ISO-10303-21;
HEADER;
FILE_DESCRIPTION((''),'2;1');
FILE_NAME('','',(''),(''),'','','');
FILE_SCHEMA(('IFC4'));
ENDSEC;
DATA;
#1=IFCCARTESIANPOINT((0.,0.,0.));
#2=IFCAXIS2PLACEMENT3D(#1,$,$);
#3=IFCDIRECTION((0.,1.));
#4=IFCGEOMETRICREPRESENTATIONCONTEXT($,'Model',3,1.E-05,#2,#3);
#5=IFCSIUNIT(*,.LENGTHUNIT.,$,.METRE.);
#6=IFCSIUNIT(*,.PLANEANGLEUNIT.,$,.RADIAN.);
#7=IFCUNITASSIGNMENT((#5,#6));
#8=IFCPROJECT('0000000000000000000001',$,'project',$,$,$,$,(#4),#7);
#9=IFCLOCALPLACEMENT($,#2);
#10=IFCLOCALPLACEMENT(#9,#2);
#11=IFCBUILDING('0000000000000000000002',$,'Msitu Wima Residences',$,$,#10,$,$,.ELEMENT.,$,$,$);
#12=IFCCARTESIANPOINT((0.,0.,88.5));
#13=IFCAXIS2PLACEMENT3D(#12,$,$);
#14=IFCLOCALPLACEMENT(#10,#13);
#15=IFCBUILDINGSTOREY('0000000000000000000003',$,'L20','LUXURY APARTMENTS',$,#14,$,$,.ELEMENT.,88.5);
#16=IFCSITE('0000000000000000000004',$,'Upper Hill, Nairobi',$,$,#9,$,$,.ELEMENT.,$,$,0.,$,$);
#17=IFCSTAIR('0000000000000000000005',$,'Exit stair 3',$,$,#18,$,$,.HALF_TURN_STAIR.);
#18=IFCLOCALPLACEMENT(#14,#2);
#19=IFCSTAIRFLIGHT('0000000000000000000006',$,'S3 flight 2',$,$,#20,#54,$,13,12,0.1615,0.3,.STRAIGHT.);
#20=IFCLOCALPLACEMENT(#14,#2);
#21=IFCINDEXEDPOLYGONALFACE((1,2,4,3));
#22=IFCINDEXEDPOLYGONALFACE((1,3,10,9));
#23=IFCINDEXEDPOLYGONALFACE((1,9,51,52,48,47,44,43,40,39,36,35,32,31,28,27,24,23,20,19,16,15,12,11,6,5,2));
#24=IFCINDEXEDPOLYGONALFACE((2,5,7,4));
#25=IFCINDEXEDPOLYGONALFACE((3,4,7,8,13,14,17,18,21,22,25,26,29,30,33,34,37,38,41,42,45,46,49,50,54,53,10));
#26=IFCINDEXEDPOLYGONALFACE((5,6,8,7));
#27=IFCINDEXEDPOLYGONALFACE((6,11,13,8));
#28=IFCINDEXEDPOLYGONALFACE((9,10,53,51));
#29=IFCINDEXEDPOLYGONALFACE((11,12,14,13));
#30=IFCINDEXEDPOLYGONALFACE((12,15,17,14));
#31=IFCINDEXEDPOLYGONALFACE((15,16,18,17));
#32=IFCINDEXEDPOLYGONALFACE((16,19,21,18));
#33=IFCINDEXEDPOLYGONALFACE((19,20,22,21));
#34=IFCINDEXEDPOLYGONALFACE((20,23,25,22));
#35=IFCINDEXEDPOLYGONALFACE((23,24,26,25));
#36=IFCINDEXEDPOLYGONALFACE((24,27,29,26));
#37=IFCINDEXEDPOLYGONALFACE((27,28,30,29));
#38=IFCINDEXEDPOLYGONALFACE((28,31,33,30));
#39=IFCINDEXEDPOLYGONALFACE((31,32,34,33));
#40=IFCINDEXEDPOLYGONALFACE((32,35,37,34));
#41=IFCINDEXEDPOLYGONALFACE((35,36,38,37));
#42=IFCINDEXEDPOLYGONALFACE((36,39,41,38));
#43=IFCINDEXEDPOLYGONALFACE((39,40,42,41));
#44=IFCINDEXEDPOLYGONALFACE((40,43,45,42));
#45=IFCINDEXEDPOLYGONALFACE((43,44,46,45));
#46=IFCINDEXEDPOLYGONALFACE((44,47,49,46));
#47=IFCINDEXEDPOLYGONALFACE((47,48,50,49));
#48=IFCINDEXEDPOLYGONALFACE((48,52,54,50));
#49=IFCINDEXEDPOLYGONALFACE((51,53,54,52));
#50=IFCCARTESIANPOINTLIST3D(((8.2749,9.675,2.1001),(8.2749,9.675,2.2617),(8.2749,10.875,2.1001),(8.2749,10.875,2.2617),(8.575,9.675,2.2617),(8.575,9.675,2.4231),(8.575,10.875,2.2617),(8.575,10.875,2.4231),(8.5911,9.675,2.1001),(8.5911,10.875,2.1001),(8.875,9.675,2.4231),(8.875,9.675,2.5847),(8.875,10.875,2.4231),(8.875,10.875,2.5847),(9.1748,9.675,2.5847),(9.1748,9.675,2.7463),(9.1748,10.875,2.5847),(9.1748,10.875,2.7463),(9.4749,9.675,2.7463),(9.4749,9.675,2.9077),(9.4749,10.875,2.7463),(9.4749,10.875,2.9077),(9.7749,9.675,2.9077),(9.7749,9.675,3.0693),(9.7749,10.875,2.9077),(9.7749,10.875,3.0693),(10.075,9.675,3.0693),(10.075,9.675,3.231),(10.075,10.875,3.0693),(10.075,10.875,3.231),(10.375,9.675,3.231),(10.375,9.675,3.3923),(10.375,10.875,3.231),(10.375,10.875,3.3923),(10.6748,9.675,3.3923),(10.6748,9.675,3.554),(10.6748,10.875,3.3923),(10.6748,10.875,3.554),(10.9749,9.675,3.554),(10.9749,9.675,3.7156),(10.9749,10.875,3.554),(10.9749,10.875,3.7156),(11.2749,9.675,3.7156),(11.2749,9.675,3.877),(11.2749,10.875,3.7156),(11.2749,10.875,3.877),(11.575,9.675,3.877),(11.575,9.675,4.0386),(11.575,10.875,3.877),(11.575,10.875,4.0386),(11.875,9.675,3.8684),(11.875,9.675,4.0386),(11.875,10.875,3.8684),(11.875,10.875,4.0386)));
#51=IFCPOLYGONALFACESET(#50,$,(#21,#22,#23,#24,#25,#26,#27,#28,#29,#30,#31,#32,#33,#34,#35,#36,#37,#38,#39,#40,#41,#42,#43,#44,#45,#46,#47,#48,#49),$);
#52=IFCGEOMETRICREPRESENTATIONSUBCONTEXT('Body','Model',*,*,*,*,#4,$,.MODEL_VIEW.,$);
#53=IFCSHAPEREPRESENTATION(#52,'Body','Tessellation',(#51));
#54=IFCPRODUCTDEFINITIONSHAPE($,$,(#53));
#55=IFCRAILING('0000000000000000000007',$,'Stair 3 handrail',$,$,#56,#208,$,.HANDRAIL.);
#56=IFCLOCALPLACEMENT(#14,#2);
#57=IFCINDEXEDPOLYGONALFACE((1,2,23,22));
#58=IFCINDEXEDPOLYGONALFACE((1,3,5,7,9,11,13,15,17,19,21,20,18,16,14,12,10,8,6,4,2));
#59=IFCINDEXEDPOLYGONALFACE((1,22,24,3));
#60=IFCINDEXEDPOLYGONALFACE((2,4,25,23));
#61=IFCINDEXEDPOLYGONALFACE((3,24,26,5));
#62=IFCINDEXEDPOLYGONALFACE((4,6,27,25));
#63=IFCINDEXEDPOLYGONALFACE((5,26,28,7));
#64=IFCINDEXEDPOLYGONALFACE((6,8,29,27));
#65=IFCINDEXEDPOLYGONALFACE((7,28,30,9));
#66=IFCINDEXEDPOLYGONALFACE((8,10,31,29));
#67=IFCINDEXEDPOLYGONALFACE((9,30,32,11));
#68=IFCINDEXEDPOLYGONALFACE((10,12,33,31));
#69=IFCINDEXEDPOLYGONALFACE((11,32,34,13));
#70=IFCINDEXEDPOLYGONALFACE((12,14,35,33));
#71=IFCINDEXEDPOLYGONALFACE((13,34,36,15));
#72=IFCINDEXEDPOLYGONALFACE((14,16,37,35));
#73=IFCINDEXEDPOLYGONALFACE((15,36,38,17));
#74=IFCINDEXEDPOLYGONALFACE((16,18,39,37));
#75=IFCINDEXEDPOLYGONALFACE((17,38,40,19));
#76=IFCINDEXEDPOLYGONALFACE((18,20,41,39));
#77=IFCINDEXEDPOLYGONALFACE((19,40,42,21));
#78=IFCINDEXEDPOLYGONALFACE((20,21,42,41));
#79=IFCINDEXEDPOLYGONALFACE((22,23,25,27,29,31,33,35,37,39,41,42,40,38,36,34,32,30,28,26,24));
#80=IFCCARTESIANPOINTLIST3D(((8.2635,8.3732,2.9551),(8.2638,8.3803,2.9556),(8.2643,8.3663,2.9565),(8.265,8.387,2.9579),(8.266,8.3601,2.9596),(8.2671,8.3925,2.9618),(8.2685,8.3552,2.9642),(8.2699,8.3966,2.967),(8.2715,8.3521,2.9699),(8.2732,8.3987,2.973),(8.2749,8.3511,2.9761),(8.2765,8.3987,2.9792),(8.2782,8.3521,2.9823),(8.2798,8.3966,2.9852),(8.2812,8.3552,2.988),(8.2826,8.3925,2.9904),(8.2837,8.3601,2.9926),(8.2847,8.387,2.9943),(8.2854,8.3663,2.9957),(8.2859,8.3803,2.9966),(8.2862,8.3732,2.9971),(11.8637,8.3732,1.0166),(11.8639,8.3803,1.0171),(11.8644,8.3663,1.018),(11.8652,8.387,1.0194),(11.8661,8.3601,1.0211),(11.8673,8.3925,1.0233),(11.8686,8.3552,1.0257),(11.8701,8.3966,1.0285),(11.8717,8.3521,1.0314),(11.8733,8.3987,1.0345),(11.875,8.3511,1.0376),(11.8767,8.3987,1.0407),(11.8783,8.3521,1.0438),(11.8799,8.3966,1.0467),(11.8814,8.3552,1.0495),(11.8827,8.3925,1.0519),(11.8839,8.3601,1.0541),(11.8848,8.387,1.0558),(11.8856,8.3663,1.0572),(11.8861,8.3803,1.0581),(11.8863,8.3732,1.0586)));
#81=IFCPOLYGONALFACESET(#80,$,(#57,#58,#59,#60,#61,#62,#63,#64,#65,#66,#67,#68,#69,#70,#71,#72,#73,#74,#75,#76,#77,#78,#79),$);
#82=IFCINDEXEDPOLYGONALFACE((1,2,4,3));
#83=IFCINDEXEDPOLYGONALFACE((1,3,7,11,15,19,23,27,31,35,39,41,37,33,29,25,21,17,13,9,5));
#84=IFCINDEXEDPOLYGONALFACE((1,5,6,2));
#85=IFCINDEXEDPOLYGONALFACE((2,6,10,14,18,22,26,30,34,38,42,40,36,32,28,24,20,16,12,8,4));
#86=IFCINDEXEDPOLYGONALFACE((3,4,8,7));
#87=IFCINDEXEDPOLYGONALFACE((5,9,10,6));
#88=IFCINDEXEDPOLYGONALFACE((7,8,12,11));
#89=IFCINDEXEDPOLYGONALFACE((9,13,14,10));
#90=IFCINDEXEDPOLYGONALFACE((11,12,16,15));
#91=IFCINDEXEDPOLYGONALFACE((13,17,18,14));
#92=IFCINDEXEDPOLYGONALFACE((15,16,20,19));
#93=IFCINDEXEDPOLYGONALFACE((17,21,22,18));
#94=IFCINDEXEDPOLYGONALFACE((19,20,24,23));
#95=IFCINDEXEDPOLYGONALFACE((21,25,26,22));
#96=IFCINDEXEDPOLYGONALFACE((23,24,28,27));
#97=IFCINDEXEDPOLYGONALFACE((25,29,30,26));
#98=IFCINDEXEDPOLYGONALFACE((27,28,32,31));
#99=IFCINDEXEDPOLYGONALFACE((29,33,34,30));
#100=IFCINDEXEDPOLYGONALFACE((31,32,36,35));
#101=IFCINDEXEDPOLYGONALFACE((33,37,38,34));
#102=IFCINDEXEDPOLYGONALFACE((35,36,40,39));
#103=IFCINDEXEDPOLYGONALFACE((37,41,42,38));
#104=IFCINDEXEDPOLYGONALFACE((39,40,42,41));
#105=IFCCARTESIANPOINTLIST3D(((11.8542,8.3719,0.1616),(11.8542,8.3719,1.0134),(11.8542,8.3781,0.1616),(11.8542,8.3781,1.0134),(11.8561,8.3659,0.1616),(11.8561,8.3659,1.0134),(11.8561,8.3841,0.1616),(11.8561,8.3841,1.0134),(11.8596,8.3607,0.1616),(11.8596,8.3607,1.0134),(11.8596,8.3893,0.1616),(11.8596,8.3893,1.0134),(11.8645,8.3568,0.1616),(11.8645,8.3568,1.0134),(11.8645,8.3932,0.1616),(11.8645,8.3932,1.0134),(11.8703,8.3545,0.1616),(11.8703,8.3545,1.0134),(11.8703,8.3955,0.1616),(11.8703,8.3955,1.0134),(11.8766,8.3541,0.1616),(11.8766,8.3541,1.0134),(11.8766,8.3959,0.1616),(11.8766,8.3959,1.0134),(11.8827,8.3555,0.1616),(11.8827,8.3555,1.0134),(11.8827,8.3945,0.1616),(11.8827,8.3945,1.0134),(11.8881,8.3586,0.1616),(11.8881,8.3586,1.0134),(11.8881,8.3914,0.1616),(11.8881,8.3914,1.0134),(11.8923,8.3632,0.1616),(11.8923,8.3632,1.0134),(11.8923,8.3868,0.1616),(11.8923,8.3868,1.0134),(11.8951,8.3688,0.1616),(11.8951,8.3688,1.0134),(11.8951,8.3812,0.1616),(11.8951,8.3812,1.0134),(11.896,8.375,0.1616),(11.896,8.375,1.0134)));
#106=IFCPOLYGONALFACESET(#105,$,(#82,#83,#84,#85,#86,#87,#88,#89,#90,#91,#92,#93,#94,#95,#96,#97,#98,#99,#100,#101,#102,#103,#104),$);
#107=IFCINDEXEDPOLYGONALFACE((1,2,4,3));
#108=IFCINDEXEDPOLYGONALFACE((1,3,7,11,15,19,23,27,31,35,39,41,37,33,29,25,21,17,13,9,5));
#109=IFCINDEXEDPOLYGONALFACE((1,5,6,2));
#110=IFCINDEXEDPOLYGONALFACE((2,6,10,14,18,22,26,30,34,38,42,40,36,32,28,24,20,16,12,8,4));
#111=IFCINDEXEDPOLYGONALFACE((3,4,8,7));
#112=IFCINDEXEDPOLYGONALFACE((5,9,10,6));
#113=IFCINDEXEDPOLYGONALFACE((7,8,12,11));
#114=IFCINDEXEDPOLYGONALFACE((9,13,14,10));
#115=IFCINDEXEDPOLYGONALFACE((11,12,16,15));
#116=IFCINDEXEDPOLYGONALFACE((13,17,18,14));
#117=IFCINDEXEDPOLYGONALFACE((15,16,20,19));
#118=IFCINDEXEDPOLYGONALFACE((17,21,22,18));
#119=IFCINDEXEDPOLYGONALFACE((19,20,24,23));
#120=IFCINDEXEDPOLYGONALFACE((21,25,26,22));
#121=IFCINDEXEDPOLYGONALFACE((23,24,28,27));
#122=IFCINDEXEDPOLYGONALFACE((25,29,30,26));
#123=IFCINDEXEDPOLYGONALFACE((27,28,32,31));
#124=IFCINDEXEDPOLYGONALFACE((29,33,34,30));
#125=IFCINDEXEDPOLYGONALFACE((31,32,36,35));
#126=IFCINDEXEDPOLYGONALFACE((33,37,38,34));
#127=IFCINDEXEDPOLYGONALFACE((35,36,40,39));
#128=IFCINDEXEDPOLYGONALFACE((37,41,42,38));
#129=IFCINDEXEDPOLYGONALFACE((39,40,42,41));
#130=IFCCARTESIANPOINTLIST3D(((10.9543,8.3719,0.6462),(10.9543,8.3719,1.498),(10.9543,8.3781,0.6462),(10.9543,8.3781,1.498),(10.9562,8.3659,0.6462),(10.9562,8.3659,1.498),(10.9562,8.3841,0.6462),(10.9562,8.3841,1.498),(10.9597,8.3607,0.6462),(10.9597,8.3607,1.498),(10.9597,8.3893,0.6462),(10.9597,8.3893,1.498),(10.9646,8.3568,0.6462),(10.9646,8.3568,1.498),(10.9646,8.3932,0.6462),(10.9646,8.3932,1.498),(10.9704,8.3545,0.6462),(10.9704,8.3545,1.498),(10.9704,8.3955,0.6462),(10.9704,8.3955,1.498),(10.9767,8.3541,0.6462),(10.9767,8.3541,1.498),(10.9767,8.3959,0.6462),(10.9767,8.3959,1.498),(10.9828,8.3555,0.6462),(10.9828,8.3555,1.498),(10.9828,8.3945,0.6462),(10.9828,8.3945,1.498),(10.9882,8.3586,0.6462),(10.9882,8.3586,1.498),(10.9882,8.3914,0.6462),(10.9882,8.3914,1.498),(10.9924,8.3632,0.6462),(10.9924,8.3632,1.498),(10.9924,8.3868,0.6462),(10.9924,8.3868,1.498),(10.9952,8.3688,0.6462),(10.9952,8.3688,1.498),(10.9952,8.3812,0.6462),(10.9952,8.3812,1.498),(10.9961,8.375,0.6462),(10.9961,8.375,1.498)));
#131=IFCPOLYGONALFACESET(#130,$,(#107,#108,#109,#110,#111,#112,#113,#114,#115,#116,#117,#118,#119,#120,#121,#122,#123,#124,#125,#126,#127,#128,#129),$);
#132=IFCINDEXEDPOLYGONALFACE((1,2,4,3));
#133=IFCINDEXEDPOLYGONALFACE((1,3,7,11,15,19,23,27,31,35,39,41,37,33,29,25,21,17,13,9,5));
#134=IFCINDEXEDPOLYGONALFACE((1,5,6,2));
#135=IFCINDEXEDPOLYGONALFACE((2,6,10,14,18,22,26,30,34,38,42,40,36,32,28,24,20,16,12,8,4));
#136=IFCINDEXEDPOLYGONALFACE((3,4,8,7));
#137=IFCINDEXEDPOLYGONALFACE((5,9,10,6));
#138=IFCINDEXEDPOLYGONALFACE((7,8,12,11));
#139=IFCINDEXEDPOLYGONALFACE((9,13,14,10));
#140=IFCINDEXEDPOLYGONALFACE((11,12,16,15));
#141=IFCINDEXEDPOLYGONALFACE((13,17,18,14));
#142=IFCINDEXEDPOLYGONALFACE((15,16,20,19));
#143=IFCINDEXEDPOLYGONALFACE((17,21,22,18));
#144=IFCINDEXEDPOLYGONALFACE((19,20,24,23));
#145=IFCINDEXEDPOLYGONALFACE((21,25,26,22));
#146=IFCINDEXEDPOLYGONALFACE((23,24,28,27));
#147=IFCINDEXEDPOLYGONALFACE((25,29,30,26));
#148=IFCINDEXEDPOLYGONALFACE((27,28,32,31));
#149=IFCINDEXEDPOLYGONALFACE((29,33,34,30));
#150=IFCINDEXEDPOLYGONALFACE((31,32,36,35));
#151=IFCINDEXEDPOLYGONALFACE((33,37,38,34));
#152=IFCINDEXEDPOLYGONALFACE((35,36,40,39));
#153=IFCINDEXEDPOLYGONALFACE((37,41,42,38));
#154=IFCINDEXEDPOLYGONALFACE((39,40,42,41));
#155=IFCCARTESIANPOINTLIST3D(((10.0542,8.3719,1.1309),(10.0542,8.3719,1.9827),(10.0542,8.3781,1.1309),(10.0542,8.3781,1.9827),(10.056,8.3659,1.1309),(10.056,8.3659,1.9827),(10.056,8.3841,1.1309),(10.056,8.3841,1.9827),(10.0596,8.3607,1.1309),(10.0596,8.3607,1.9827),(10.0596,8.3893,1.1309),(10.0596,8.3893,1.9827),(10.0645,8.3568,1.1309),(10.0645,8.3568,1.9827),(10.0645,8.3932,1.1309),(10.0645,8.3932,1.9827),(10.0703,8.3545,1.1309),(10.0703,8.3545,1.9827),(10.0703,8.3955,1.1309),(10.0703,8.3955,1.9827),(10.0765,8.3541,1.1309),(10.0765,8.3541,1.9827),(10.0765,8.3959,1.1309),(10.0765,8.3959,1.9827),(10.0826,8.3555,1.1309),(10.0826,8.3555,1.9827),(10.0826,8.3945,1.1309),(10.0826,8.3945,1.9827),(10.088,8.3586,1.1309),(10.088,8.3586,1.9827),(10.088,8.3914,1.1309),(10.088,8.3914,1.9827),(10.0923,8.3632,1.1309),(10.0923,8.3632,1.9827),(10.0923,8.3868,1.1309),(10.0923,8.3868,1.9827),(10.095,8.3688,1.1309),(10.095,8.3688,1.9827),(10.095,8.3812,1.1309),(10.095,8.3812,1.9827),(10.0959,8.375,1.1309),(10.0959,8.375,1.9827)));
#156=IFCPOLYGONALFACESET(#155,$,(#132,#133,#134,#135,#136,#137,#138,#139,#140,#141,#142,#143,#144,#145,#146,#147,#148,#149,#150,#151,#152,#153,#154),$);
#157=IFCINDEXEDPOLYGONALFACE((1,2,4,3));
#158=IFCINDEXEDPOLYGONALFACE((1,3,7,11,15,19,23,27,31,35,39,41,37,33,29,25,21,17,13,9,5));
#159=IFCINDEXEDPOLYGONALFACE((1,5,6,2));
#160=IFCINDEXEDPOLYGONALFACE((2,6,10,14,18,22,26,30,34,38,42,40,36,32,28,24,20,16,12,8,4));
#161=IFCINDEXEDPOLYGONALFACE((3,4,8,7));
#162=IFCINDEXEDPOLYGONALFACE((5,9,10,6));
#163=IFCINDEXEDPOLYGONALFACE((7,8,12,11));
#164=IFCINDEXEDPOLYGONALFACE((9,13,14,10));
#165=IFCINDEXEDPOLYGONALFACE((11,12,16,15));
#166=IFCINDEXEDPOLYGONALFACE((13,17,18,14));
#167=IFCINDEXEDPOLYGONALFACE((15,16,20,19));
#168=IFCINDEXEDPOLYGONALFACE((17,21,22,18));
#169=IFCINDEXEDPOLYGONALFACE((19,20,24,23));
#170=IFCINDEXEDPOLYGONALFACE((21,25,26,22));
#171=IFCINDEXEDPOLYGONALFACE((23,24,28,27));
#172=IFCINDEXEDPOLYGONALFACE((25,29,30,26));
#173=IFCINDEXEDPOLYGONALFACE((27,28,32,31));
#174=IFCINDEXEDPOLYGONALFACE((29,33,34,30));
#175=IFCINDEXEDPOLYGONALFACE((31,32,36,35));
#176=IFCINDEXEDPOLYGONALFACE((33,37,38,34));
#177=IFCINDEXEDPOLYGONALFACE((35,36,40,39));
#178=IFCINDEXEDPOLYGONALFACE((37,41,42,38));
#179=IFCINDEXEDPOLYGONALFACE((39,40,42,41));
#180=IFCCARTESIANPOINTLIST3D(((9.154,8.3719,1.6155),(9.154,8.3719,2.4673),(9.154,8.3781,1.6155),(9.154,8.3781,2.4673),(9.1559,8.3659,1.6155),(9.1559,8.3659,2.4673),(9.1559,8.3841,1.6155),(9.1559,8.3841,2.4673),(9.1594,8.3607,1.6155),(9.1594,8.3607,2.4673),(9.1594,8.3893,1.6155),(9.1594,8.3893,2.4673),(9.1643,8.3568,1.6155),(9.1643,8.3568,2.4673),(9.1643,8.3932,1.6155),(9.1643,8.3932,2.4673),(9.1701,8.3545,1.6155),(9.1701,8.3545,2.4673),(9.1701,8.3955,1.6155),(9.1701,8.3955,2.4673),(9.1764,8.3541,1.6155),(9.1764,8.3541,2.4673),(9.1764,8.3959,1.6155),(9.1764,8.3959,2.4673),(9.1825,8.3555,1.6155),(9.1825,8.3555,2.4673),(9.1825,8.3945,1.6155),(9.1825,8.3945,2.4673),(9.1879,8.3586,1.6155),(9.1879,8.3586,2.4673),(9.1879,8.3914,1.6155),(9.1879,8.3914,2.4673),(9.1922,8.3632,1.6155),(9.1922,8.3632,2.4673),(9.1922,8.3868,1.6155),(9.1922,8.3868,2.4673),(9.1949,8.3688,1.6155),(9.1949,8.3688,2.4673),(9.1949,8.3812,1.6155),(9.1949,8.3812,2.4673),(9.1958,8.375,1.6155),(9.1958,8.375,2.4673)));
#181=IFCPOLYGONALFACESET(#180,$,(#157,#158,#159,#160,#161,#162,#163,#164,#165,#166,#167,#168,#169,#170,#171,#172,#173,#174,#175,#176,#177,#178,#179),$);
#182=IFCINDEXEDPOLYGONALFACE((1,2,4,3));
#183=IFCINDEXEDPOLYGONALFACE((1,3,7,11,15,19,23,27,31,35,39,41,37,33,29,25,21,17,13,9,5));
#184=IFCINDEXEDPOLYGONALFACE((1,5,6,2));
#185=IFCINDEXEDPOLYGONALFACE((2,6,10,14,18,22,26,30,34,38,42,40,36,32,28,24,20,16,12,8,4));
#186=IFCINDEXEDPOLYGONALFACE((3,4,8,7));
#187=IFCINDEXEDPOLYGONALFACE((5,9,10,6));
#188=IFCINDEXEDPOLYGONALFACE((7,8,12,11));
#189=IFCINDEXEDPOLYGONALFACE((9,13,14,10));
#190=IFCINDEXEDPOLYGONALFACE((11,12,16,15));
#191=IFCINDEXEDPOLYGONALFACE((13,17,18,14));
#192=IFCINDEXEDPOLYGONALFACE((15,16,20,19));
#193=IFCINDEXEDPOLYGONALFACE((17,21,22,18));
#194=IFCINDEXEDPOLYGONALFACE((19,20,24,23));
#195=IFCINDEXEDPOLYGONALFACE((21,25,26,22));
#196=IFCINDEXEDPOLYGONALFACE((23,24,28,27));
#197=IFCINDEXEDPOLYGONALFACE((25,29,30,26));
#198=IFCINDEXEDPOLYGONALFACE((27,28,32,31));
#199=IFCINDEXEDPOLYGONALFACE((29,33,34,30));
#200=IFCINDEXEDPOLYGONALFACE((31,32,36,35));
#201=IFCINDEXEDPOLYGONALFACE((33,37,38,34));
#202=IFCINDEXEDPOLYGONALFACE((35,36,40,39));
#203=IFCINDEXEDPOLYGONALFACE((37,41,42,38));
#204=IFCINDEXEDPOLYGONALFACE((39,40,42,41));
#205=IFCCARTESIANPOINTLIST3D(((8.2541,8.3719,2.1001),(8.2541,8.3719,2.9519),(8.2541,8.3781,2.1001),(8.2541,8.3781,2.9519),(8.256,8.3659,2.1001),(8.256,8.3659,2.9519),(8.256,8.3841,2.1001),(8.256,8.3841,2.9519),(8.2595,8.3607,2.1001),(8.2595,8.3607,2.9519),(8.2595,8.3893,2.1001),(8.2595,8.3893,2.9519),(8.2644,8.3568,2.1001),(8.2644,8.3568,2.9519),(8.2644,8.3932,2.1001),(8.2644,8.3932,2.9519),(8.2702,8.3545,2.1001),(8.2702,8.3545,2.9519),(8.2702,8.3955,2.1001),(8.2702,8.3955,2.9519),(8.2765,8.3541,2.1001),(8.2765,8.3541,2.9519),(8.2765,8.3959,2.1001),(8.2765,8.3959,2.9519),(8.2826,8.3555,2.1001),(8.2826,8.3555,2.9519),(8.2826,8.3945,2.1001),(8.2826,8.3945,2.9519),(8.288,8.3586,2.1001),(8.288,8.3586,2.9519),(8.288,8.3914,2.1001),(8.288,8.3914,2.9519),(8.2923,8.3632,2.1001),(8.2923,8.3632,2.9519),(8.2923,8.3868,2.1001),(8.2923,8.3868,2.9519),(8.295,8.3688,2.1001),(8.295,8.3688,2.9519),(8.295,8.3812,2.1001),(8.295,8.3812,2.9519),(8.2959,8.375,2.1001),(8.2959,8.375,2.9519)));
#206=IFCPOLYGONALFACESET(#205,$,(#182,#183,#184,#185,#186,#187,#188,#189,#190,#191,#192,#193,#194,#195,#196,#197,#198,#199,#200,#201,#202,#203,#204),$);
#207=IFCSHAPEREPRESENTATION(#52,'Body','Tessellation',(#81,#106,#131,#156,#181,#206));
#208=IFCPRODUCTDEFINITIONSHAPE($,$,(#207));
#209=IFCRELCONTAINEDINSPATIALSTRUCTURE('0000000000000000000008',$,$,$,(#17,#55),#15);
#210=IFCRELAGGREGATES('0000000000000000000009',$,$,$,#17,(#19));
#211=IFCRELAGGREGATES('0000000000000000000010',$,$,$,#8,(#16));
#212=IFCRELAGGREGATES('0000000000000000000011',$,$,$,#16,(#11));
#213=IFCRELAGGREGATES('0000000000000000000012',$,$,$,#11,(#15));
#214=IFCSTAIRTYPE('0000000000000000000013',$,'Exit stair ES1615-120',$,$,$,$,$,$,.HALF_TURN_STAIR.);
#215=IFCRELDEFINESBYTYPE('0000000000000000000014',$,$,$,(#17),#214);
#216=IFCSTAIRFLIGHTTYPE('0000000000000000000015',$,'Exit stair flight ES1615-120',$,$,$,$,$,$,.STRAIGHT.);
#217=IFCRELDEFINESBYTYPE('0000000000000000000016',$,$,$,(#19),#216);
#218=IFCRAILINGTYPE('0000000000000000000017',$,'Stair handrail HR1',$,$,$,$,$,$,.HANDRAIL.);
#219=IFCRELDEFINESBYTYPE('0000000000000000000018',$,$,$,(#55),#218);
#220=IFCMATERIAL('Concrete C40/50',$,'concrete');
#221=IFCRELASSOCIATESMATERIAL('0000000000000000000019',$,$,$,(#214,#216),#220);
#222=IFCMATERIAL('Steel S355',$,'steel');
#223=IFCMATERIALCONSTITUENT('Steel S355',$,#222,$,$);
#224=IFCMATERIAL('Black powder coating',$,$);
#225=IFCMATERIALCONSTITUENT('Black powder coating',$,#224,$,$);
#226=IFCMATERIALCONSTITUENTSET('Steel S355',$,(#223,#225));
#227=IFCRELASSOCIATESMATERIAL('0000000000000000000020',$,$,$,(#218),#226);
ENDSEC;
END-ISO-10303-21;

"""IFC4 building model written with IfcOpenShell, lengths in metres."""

from ifc_helpers import new_model, si_unit, direction, frame, origin, origin_2d, place, context, subcontext, project, spatial, polyline, circle, outline, extrude, material, constituent, constituent_set, type_object, element, aggregate, save


model = new_model("IFC4")

# Units and contexts
model_context = context("Model", 3, precision=1e-05, world=origin(), true_north=direction((0.0, 1.0)))
body_context = subcontext(model_context, "Body", "Model", "MODEL_VIEW")
ifc_project = project(units=[si_unit("LENGTHUNIT", "METRE"), si_unit("PLANEANGLEUNIT", "RADIAN")], contexts=[model_context])

# Site, building, storey
site_placement = place(None, origin())
site = spatial("IfcSite", under=ifc_project, at=site_placement, Name="Upper Hill, Nairobi", CompositionType="ELEMENT", RefElevation=0.0)
building_placement = place(site_placement, origin())
building = spatial("IfcBuilding", under=site, at=building_placement, Name="Msitu Wima Residences", CompositionType="ELEMENT")
storey_placement = place(building_placement, frame((0.0, 0.0, 88.5)))
storey = spatial("IfcBuildingStorey", under=building, at=storey_placement, Name="L20", Description="LUXURY APARTMENTS", CompositionType="ELEMENT", Elevation=88.5)

# Shared definitions
ifc_material_1 = material(Name="Concrete C40/50", Category="concrete")

# Stair, stair flight
stair_type = type_object("IfcStairType", Name="Exit stair ES1615-120", PredefinedType="HALF_TURN_STAIR", material=ifc_material_1)
stair_placement = place(storey_placement, origin())
stair = element("IfcStair", 1, at=stair_placement, inside=storey, type_object=stair_type, Name="Exit stair 3", PredefinedType="HALF_TURN_STAIR")
stair_flight_type = type_object("IfcStairFlightType", Name="Exit stair flight ES1615-120", PredefinedType="STRAIGHT", material=ifc_material_1)
stair_flight_1_placement = place(storey_placement, frame((8.2749, 10.2749, 2.1001), z_axis=(0.0, 0.0, 1.0), x_axis=(1.0, 0.0, 0.0)))
stair_flight_1 = element("IfcStairFlight", 2, at=stair_flight_1_placement, type_object=stair_flight_type, Name="S3 flight 2", NumberOfRisers=13, NumberOfTreads=12, PredefinedType="STRAIGHT", RiserHeight=0.1615, TreadLength=0.3, context=body_context, shape_type="SweptSolid", body=[
    extrude(outline(polyline([(0.0, 0.0), (0.0, 0.1616), (0.3, 0.1616), (0.3, 0.323), (0.6001, 0.323), (0.6001, 0.4846), (0.8999, 0.4846), (0.8999, 0.6462), (1.2, 0.6462), (1.2, 0.8076), (1.5, 0.8076), (1.5, 0.9692), (1.8, 0.9692), (1.8, 1.1309), (2.1001, 1.1309), (2.1001, 1.2922), (2.3999, 1.2922), (2.3999, 1.4539), (2.7, 1.4539), (2.7, 1.6155), (3.0, 1.6155), (3.0, 1.7769), (3.3, 1.7769), (3.3, 1.9385), (3.6001, 1.9385), (3.6001, 2.1001), (3.6001, 1.7683), (0.3162, 0.0), (0.0, 0.0)])), frame((0.0, 0.6001, 0.0), z_axis=(0.0, -1.0, 0.0), x_axis=(1.0, 0.0, 0.0)), (0.0, 0.0, 1.0), 1.2),
])
aggregate(stair, [stair_flight_1])

# Railing
ifc_material_2 = material(Name="Steel S355", Category="steel")
ifc_constituent_1 = constituent(ifc_material_2, Name="Steel S355")
ifc_material_3 = material(Name="Black powder coating")
ifc_constituent_2 = constituent(ifc_material_3, Name="Black powder coating")
ifc_constituent_set = constituent_set(constituents=[ifc_constituent_1, ifc_constituent_2], Name="Steel S355")
railing_type = type_object("IfcRailingType", Name="Stair handrail HR1", PredefinedType="HANDRAIL", material=ifc_constituent_set)
for number, where, name in (
    (3, (11.875, 8.375, 0.1616), "Stair 3 handrail"),
):
    element("IfcRailing", number, at=place(storey_placement, frame(where)), inside=storey, type_object=railing_type, Name=name, PredefinedType="HANDRAIL", context=body_context, shape_type="SweptSolid", body=[
        extrude(circle(Radius=0.0239, at=origin_2d()), frame((0.0, 0.0, 0.876), z_axis=(-0.880475, 0.0, 0.474093), x_axis=(0.0, -1.0, 0.0)), (0.0, 0.0, 1.0), 4.0889),
        extrude(circle(Radius=0.021, at=origin_2d()), origin(), (0.0, 0.0, 1.0), 0.8518),
        extrude(circle(Radius=0.021, at=origin_2d()), frame((-0.8999, 0.0, 0.4846)), (0.0, 0.0, 1.0), 0.8518),
        extrude(circle(Radius=0.021, at=origin_2d()), frame((-1.8, 0.0, 0.9692)), (0.0, 0.0, 1.0), 0.8518),
        extrude(circle(Radius=0.021, at=origin_2d()), frame((-2.7002, 0.0, 1.4539)), (0.0, 0.0, 1.0), 0.8518),
        extrude(circle(Radius=0.021, at=origin_2d()), frame((-3.6001, 0.0, 1.9385)), (0.0, 0.0, 1.0), 0.8518),
    ])

save(model, "model.ifc")
